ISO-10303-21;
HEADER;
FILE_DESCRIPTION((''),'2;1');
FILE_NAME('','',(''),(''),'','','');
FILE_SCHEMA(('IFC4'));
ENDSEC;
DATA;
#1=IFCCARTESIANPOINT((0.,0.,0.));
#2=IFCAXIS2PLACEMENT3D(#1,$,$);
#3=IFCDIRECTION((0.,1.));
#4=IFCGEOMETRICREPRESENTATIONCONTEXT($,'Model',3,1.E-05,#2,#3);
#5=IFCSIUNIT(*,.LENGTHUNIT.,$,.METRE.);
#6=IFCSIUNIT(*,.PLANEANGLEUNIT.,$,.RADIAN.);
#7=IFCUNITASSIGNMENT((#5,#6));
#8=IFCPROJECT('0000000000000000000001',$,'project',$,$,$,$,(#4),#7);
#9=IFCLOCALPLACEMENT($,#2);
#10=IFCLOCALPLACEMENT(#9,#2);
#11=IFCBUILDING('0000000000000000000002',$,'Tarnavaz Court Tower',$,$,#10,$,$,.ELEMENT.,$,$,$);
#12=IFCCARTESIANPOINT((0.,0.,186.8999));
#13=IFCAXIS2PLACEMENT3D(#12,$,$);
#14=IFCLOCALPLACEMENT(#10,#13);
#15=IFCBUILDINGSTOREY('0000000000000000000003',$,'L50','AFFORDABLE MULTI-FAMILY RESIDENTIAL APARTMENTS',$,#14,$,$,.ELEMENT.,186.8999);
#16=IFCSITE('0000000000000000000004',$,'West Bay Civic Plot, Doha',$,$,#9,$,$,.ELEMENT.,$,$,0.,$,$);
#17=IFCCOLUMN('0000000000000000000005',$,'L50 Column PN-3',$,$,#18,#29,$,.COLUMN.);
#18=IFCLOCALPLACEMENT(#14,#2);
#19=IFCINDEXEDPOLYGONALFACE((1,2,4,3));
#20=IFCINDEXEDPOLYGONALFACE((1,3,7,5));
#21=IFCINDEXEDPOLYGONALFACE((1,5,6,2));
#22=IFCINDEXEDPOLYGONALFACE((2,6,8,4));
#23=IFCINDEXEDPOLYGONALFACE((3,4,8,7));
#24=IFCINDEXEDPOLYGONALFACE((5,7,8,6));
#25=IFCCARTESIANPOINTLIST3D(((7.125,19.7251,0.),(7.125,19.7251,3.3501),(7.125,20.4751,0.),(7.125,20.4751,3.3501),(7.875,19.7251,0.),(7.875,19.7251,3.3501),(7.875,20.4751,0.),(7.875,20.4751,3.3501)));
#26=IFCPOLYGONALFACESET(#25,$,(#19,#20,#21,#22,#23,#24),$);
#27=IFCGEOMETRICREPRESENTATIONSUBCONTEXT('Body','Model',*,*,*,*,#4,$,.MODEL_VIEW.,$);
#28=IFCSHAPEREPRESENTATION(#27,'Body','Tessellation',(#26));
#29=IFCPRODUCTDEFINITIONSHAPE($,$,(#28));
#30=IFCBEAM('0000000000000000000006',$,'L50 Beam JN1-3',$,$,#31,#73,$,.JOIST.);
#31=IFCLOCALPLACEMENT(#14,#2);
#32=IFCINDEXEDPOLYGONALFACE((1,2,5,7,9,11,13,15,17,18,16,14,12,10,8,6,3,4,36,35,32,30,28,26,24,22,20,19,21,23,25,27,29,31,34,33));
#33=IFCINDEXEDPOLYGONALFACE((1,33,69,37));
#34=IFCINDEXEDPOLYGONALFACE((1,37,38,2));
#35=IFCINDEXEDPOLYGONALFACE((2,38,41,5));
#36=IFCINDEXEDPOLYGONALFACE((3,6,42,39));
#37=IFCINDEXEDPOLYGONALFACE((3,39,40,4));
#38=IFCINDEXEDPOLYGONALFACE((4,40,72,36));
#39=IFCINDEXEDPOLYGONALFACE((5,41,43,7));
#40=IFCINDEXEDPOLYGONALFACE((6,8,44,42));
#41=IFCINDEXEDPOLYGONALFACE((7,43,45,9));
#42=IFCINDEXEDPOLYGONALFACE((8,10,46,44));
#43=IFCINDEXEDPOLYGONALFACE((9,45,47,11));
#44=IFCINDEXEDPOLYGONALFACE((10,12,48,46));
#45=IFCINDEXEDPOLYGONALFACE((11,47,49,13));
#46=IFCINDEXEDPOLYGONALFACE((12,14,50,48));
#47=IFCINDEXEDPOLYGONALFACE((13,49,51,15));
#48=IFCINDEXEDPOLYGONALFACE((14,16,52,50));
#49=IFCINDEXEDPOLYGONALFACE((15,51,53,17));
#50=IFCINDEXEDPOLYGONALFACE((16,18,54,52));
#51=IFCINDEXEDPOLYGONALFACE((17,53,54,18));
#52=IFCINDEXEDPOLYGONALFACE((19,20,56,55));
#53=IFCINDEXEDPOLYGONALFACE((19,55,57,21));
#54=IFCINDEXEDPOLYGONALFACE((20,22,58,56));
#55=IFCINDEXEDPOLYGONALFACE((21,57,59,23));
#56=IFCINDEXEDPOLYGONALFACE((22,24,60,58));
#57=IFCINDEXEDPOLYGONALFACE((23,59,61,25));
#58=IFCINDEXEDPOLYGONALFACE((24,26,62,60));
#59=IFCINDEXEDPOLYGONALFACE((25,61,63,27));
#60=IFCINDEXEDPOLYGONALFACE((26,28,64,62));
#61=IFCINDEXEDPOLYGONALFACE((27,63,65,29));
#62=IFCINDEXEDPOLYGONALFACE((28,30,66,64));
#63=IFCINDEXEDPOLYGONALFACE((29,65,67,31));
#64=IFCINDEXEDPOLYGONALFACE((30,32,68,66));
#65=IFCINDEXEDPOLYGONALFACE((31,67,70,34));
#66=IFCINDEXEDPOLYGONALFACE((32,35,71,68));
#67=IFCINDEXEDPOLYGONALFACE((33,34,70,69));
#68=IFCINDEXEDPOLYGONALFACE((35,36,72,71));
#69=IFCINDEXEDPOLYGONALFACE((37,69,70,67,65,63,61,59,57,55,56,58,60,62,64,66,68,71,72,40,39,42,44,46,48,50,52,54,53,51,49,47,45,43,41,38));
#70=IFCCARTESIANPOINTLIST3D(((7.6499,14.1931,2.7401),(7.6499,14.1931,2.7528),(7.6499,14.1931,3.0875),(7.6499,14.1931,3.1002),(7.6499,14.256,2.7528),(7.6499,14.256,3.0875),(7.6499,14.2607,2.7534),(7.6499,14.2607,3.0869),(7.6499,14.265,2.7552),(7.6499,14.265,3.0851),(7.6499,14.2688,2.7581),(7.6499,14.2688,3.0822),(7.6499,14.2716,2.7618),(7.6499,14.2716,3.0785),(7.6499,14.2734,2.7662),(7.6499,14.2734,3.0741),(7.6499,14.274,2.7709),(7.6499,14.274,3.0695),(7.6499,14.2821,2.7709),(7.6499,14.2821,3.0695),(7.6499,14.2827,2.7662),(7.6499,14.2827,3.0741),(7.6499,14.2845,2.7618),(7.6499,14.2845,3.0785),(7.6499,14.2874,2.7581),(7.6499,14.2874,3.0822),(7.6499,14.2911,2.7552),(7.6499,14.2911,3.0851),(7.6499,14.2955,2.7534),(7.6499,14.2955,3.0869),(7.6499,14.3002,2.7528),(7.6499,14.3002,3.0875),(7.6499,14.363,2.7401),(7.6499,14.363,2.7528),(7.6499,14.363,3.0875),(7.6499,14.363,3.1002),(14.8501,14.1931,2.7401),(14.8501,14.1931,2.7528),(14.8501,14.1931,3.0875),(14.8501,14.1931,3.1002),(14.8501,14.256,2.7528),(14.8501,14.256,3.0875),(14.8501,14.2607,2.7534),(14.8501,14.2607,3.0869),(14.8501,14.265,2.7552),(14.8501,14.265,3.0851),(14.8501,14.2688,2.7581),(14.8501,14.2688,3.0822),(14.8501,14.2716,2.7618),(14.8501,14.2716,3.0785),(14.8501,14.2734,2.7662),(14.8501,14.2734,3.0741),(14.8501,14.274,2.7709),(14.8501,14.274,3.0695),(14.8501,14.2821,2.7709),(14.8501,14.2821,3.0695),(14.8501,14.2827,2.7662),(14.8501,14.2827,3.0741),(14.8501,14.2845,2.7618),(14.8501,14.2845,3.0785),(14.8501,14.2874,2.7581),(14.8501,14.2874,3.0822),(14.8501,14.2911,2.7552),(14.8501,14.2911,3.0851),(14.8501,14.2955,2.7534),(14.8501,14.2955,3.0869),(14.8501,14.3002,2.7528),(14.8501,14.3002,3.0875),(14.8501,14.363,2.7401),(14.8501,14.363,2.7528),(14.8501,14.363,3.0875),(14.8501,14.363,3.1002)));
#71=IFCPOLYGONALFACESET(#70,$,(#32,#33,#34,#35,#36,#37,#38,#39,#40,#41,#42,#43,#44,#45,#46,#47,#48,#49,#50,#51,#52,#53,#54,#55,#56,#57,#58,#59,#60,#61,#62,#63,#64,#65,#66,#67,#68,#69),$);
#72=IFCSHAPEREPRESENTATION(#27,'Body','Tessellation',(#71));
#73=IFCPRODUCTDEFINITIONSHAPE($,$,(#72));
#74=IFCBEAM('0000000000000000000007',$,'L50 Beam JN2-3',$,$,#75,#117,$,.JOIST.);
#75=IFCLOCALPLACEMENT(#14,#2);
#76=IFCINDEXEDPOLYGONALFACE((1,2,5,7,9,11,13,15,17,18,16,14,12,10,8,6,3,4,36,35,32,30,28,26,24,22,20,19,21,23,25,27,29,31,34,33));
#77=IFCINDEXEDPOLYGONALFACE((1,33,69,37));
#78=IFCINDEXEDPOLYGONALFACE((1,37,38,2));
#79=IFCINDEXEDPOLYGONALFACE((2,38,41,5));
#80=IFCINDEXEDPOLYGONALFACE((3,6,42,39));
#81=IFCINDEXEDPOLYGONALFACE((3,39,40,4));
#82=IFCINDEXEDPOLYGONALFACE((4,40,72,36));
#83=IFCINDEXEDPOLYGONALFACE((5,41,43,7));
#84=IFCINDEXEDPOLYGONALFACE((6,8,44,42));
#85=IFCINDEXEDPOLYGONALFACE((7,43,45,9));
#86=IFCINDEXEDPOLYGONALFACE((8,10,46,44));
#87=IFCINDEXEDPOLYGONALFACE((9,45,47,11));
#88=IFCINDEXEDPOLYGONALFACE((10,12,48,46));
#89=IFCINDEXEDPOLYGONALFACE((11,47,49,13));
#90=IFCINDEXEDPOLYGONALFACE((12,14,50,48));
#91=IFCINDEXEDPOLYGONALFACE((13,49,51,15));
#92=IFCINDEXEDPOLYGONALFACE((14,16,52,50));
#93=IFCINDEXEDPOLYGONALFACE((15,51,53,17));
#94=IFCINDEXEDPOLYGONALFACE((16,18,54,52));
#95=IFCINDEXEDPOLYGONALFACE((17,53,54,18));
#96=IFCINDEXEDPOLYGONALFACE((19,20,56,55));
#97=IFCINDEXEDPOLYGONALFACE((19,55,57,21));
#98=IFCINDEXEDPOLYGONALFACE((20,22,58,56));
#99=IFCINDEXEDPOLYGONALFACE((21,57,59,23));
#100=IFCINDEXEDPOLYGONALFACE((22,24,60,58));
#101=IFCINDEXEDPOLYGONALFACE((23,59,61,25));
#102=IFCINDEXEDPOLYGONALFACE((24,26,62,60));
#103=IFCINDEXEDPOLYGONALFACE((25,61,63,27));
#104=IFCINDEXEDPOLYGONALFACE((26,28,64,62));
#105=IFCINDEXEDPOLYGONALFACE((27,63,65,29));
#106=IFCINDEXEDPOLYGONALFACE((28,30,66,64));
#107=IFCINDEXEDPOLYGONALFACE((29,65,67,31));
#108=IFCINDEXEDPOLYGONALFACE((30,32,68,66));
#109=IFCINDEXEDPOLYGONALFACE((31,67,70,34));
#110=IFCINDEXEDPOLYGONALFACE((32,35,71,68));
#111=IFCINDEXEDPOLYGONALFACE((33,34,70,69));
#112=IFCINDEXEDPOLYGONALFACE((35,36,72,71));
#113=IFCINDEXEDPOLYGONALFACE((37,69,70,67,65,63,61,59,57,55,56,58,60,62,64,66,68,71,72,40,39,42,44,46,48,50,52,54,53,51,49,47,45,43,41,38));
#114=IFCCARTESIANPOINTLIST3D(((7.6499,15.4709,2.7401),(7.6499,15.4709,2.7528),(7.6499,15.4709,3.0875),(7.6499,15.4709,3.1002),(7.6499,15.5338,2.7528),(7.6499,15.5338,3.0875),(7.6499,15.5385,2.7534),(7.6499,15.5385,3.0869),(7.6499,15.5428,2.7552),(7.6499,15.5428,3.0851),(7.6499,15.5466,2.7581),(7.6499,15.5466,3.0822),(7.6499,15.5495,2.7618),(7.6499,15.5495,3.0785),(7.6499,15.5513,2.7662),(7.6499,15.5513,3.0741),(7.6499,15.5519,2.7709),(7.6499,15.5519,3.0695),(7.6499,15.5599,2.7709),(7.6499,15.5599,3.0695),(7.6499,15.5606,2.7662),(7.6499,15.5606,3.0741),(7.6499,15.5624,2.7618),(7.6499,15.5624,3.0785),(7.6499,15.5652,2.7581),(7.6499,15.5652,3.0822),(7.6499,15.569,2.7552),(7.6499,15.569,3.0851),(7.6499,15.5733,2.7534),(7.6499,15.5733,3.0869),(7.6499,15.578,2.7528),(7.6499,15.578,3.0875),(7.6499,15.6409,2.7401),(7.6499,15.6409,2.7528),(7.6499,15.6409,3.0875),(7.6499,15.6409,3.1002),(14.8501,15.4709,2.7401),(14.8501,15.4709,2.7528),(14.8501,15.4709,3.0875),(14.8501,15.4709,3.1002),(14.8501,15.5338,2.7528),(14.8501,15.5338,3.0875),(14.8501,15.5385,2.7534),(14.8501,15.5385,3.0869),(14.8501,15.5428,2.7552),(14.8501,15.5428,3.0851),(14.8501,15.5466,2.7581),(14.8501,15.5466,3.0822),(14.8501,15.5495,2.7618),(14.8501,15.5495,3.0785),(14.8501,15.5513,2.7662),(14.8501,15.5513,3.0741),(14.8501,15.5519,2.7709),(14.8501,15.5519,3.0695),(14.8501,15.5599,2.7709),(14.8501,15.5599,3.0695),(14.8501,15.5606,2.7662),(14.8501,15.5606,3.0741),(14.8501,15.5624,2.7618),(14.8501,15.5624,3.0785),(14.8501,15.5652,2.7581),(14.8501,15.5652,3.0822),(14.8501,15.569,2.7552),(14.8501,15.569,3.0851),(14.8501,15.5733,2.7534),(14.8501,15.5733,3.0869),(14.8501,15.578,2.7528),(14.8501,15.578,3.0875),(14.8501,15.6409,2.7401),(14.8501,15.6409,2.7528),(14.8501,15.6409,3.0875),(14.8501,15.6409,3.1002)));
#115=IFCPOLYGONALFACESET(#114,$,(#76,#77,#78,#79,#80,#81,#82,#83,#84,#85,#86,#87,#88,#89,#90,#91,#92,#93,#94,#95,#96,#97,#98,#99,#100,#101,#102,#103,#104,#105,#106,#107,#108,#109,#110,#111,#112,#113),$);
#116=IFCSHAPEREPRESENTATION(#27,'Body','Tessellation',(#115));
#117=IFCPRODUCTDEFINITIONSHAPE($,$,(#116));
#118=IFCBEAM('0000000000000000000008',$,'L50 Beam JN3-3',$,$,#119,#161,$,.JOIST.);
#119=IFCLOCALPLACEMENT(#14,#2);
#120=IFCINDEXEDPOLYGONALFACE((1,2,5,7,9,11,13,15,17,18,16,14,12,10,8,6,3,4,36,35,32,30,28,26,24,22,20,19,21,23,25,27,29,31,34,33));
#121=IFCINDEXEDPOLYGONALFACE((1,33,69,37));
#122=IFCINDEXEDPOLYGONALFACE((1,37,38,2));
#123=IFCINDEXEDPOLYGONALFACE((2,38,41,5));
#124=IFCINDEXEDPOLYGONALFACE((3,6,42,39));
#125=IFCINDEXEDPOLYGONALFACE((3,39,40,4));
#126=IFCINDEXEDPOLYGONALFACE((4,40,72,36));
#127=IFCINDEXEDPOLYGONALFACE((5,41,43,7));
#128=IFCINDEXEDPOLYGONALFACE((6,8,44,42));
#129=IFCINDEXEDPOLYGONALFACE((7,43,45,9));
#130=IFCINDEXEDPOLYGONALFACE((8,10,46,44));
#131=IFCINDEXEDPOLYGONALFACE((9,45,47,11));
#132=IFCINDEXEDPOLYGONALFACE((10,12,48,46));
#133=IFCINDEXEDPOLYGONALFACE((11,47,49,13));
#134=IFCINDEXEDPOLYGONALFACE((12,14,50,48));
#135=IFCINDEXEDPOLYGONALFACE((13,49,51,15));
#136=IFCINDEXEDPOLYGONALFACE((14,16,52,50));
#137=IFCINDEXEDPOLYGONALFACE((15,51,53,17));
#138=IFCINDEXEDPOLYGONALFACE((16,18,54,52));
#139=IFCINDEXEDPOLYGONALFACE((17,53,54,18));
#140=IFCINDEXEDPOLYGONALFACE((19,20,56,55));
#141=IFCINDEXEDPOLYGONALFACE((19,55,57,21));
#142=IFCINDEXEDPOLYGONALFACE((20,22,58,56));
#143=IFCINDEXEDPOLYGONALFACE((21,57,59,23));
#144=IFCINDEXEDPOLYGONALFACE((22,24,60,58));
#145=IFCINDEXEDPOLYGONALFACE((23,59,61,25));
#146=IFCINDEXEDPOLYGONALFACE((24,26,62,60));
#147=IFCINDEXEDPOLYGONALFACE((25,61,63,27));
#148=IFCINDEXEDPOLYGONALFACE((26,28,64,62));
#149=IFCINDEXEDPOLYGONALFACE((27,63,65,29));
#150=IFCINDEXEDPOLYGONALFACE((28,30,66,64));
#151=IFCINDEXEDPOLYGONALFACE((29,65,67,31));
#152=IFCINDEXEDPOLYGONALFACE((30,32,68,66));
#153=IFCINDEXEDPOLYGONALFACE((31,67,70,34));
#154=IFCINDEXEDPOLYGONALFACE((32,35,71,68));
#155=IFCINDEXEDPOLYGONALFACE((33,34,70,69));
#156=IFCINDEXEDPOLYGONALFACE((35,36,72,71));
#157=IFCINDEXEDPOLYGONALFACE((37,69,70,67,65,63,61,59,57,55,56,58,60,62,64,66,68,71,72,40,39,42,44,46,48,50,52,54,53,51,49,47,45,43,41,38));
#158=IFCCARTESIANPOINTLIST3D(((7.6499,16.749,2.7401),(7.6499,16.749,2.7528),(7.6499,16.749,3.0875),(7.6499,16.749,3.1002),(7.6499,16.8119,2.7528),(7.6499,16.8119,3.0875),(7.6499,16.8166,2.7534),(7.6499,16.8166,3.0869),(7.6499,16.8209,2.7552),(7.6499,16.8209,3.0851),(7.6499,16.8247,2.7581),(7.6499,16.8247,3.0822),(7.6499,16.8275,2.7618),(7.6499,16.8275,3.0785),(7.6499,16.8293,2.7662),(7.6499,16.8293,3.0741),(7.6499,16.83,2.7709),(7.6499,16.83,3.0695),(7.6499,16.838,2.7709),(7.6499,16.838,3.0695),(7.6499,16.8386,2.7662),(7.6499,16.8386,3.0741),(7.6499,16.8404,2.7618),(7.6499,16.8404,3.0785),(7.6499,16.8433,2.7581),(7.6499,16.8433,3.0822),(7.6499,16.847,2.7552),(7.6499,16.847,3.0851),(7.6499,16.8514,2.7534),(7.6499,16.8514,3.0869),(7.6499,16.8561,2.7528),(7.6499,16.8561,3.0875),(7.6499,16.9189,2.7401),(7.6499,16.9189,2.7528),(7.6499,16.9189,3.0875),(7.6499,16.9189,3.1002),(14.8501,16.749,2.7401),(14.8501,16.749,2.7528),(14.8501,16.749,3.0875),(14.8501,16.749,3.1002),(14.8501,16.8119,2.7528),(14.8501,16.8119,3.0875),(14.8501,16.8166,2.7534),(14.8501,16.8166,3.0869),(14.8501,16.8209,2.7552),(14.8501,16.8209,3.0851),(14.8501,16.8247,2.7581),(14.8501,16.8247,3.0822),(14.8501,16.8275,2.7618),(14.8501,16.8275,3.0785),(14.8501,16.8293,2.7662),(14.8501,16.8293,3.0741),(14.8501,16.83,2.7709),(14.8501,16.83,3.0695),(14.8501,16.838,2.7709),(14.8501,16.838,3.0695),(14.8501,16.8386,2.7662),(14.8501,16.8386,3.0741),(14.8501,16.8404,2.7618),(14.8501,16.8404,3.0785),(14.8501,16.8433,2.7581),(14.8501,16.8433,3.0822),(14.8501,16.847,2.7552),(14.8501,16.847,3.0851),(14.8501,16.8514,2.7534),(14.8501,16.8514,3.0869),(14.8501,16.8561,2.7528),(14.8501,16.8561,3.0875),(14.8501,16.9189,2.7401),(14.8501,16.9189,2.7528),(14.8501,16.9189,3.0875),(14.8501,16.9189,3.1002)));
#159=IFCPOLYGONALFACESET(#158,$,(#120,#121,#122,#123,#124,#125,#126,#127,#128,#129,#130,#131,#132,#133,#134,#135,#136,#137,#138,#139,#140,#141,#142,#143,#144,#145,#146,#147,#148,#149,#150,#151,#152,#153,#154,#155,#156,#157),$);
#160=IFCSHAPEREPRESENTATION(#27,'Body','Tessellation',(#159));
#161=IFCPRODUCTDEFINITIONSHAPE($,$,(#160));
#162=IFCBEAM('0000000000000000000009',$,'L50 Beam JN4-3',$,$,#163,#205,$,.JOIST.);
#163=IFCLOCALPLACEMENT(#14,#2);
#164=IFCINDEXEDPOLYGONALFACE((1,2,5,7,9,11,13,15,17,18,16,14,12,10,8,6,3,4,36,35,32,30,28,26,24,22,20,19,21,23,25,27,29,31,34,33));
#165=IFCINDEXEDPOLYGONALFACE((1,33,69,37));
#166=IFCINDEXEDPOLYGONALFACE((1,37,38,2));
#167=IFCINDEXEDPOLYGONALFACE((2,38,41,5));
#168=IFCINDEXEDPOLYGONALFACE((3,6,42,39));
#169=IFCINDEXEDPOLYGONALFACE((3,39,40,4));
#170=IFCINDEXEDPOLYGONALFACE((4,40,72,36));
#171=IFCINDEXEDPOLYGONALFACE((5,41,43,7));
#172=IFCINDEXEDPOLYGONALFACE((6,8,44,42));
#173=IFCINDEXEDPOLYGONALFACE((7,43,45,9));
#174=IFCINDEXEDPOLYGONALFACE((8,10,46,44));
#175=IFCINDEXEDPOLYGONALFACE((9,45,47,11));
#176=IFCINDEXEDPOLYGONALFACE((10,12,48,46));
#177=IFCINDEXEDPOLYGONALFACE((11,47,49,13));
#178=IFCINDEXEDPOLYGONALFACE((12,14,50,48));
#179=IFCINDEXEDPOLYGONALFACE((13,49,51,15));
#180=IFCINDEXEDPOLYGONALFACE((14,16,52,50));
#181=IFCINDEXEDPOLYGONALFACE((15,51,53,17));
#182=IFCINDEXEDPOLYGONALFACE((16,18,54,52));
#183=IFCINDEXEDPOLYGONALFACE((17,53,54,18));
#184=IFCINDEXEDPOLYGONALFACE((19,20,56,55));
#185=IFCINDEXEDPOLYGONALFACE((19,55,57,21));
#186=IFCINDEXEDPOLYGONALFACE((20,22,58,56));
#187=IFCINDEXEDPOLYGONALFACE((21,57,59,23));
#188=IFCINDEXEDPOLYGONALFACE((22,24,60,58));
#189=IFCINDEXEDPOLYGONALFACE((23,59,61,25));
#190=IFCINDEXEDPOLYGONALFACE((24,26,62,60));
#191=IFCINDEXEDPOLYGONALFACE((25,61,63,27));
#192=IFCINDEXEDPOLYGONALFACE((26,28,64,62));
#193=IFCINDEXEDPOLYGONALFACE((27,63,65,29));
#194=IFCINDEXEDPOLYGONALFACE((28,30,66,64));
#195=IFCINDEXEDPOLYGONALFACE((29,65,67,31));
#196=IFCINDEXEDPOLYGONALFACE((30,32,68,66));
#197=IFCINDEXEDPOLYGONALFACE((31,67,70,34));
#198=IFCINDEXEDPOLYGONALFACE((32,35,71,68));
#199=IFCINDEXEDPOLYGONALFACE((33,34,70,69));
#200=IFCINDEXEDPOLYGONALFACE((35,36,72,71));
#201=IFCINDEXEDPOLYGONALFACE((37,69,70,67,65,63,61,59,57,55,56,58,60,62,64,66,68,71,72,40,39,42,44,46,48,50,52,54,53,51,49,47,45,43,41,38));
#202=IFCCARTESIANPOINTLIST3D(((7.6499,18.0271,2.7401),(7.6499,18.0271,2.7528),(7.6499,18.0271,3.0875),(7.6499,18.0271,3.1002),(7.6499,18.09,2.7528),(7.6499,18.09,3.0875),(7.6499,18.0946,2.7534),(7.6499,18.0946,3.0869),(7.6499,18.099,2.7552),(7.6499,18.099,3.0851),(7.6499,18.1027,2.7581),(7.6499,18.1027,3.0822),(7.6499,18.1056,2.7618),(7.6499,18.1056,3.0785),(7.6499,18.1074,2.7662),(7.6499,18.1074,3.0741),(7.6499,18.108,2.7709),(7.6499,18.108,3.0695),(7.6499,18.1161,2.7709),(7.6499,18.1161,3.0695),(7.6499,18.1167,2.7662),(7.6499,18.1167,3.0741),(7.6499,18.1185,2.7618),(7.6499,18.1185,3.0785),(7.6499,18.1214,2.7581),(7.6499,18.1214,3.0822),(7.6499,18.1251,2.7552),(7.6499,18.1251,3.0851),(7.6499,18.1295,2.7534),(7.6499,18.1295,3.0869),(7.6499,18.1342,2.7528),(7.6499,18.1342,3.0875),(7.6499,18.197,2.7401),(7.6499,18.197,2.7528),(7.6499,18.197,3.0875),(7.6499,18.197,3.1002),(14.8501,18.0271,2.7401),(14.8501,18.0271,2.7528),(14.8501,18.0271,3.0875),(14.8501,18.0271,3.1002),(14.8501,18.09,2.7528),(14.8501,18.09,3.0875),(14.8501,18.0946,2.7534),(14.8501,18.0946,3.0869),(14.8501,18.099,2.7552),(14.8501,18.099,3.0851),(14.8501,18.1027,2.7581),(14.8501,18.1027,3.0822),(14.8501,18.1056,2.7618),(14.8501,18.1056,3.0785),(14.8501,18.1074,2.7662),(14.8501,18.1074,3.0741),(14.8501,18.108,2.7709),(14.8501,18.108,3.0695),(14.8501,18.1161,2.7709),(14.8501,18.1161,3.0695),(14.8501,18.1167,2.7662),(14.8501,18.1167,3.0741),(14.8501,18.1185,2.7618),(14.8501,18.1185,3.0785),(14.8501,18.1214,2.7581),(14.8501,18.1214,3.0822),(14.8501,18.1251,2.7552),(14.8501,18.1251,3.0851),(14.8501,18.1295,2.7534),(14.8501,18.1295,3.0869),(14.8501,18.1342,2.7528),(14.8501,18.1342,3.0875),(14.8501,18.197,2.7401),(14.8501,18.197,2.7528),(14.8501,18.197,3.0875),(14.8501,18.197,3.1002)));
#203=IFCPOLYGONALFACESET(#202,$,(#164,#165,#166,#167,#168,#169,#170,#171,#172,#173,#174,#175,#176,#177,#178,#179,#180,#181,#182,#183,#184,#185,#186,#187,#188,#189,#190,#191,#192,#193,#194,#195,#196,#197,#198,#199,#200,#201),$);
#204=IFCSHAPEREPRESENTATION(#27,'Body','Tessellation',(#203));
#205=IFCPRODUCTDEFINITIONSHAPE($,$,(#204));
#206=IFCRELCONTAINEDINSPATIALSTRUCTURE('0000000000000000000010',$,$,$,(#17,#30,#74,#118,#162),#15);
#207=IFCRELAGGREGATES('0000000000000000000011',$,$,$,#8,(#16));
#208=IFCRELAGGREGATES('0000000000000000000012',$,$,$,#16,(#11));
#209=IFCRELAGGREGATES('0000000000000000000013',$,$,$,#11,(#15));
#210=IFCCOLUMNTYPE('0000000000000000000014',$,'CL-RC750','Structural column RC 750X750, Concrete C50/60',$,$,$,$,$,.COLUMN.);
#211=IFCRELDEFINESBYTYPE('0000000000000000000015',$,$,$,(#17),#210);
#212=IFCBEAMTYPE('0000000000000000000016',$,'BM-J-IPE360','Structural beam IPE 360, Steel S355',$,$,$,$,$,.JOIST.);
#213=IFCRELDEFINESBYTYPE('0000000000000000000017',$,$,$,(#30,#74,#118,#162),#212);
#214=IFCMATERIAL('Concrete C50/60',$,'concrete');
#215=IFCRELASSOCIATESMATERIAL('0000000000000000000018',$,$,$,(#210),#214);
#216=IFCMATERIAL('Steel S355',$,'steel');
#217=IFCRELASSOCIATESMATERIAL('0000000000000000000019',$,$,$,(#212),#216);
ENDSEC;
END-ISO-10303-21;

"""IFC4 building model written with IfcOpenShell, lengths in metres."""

from ifc_helpers import new_model, si_unit, direction, frame, origin, origin_2d, place, context, subcontext, project, spatial, rectangle, i_section, extrude, material, material_profile, profile_set, type_object, element, save


model = new_model("IFC4")

# Units and contexts
model_context = context("Model", 3, precision=1e-05, world=origin(), true_north=direction((0.0, 1.0)))
body_context = subcontext(model_context, "Body", "Model", "MODEL_VIEW")
ifc_project = project(units=[si_unit("LENGTHUNIT", "METRE"), si_unit("PLANEANGLEUNIT", "RADIAN")], contexts=[model_context])

# Site, building, storey
site_placement = place(None, origin())
site = spatial("IfcSite", under=ifc_project, at=site_placement, Name="West Bay Civic Plot, Doha", CompositionType="ELEMENT", RefElevation=0.0)
building_placement = place(site_placement, origin())
building = spatial("IfcBuilding", under=site, at=building_placement, Name="Tarnavaz Court Tower", CompositionType="ELEMENT")
storey_placement = place(building_placement, frame((0.0, 0.0, 186.8999)))
storey = spatial("IfcBuildingStorey", under=building, at=storey_placement, Name="L50", Description="AFFORDABLE MULTI-FAMILY RESIDENTIAL APARTMENTS", CompositionType="ELEMENT", Elevation=186.8999)

# Column
ifc_material_1 = material(Name="Concrete C50/60", Category="concrete")
ifc_material_profile_1 = material_profile(ifc_material_1, rectangle(XDim=0.75, YDim=0.75, at=origin_2d()), Name="RC 750X750")
ifc_profile_set_1 = profile_set([ifc_material_profile_1], Name="Concrete C50/60")
column_type = type_object("IfcColumnType", Name="CL-RC750", Description="Structural column RC 750X750, Concrete C50/60", PredefinedType="COLUMN", material=ifc_profile_set_1)
column_placement = place(storey_placement, frame((7.5, 20.1001, 0.0), z_axis=(0.0, 0.0, 1.0), x_axis=(1.0, 0.0, 0.0)))
element("IfcColumn", 1, at=column_placement, inside=storey, type_object=column_type, Name="L50 Column PN-3", PredefinedType="COLUMN", context=body_context, shape_type="SweptSolid", body=[
    extrude(rectangle(XDim=0.75, YDim=0.75, at=origin_2d()), origin(), (0.0, 0.0, 1.0), 3.3501),
])

# Beams
ifc_material_2 = material(Name="Steel S355", Category="steel")
ifc_material_profile_2 = material_profile(ifc_material_2, i_section(OverallWidth=0.1699, OverallDepth=0.3601, WebThickness=0.0081, FlangeThickness=0.0127, FilletRadius=0.0181, at=origin_2d()), Name="IPE 360")
ifc_profile_set_2 = profile_set([ifc_material_profile_2], Name="Steel S355")
beam_type_1 = type_object("IfcBeamType", Name="BM-J-IPE360", Description="Structural beam IPE 360, Steel S355", PredefinedType="JOIST", material=ifc_profile_set_2)
for number, where, z_axis, x_axis, name in (
    (2, (7.6499, 14.2781, 2.9202), (1.0, 0.0, 0.0), (0.0, 1.0, 0.0), "L50 Beam JN1-3"),
    (3, (7.6499, 15.5559, 2.9202), (1.0, 0.0, 0.0), (0.0, 1.0, 0.0), "L50 Beam JN2-3"),
    (4, (7.6499, 16.834, 2.9202), (1.0, 0.0, 0.0), (0.0, 1.0, 0.0), "L50 Beam JN3-3"),
    (5, (7.6499, 18.1121, 2.9202), (1.0, 0.0, 0.0), (0.0, 1.0, 0.0), "L50 Beam JN4-3"),
):
    element("IfcBeam", number, at=place(storey_placement, frame(where, z_axis=z_axis, x_axis=x_axis)), inside=storey, type_object=beam_type_1, Name=name, PredefinedType="JOIST", context=body_context, shape_type="SweptSolid", body=[
        extrude(i_section(OverallWidth=0.1699, OverallDepth=0.3601, WebThickness=0.0081, FlangeThickness=0.0127, FilletRadius=0.0181, at=origin_2d()), origin(), (0.0, 0.0, 1.0), 7.2002),
    ])

save(model, "model.ifc")
